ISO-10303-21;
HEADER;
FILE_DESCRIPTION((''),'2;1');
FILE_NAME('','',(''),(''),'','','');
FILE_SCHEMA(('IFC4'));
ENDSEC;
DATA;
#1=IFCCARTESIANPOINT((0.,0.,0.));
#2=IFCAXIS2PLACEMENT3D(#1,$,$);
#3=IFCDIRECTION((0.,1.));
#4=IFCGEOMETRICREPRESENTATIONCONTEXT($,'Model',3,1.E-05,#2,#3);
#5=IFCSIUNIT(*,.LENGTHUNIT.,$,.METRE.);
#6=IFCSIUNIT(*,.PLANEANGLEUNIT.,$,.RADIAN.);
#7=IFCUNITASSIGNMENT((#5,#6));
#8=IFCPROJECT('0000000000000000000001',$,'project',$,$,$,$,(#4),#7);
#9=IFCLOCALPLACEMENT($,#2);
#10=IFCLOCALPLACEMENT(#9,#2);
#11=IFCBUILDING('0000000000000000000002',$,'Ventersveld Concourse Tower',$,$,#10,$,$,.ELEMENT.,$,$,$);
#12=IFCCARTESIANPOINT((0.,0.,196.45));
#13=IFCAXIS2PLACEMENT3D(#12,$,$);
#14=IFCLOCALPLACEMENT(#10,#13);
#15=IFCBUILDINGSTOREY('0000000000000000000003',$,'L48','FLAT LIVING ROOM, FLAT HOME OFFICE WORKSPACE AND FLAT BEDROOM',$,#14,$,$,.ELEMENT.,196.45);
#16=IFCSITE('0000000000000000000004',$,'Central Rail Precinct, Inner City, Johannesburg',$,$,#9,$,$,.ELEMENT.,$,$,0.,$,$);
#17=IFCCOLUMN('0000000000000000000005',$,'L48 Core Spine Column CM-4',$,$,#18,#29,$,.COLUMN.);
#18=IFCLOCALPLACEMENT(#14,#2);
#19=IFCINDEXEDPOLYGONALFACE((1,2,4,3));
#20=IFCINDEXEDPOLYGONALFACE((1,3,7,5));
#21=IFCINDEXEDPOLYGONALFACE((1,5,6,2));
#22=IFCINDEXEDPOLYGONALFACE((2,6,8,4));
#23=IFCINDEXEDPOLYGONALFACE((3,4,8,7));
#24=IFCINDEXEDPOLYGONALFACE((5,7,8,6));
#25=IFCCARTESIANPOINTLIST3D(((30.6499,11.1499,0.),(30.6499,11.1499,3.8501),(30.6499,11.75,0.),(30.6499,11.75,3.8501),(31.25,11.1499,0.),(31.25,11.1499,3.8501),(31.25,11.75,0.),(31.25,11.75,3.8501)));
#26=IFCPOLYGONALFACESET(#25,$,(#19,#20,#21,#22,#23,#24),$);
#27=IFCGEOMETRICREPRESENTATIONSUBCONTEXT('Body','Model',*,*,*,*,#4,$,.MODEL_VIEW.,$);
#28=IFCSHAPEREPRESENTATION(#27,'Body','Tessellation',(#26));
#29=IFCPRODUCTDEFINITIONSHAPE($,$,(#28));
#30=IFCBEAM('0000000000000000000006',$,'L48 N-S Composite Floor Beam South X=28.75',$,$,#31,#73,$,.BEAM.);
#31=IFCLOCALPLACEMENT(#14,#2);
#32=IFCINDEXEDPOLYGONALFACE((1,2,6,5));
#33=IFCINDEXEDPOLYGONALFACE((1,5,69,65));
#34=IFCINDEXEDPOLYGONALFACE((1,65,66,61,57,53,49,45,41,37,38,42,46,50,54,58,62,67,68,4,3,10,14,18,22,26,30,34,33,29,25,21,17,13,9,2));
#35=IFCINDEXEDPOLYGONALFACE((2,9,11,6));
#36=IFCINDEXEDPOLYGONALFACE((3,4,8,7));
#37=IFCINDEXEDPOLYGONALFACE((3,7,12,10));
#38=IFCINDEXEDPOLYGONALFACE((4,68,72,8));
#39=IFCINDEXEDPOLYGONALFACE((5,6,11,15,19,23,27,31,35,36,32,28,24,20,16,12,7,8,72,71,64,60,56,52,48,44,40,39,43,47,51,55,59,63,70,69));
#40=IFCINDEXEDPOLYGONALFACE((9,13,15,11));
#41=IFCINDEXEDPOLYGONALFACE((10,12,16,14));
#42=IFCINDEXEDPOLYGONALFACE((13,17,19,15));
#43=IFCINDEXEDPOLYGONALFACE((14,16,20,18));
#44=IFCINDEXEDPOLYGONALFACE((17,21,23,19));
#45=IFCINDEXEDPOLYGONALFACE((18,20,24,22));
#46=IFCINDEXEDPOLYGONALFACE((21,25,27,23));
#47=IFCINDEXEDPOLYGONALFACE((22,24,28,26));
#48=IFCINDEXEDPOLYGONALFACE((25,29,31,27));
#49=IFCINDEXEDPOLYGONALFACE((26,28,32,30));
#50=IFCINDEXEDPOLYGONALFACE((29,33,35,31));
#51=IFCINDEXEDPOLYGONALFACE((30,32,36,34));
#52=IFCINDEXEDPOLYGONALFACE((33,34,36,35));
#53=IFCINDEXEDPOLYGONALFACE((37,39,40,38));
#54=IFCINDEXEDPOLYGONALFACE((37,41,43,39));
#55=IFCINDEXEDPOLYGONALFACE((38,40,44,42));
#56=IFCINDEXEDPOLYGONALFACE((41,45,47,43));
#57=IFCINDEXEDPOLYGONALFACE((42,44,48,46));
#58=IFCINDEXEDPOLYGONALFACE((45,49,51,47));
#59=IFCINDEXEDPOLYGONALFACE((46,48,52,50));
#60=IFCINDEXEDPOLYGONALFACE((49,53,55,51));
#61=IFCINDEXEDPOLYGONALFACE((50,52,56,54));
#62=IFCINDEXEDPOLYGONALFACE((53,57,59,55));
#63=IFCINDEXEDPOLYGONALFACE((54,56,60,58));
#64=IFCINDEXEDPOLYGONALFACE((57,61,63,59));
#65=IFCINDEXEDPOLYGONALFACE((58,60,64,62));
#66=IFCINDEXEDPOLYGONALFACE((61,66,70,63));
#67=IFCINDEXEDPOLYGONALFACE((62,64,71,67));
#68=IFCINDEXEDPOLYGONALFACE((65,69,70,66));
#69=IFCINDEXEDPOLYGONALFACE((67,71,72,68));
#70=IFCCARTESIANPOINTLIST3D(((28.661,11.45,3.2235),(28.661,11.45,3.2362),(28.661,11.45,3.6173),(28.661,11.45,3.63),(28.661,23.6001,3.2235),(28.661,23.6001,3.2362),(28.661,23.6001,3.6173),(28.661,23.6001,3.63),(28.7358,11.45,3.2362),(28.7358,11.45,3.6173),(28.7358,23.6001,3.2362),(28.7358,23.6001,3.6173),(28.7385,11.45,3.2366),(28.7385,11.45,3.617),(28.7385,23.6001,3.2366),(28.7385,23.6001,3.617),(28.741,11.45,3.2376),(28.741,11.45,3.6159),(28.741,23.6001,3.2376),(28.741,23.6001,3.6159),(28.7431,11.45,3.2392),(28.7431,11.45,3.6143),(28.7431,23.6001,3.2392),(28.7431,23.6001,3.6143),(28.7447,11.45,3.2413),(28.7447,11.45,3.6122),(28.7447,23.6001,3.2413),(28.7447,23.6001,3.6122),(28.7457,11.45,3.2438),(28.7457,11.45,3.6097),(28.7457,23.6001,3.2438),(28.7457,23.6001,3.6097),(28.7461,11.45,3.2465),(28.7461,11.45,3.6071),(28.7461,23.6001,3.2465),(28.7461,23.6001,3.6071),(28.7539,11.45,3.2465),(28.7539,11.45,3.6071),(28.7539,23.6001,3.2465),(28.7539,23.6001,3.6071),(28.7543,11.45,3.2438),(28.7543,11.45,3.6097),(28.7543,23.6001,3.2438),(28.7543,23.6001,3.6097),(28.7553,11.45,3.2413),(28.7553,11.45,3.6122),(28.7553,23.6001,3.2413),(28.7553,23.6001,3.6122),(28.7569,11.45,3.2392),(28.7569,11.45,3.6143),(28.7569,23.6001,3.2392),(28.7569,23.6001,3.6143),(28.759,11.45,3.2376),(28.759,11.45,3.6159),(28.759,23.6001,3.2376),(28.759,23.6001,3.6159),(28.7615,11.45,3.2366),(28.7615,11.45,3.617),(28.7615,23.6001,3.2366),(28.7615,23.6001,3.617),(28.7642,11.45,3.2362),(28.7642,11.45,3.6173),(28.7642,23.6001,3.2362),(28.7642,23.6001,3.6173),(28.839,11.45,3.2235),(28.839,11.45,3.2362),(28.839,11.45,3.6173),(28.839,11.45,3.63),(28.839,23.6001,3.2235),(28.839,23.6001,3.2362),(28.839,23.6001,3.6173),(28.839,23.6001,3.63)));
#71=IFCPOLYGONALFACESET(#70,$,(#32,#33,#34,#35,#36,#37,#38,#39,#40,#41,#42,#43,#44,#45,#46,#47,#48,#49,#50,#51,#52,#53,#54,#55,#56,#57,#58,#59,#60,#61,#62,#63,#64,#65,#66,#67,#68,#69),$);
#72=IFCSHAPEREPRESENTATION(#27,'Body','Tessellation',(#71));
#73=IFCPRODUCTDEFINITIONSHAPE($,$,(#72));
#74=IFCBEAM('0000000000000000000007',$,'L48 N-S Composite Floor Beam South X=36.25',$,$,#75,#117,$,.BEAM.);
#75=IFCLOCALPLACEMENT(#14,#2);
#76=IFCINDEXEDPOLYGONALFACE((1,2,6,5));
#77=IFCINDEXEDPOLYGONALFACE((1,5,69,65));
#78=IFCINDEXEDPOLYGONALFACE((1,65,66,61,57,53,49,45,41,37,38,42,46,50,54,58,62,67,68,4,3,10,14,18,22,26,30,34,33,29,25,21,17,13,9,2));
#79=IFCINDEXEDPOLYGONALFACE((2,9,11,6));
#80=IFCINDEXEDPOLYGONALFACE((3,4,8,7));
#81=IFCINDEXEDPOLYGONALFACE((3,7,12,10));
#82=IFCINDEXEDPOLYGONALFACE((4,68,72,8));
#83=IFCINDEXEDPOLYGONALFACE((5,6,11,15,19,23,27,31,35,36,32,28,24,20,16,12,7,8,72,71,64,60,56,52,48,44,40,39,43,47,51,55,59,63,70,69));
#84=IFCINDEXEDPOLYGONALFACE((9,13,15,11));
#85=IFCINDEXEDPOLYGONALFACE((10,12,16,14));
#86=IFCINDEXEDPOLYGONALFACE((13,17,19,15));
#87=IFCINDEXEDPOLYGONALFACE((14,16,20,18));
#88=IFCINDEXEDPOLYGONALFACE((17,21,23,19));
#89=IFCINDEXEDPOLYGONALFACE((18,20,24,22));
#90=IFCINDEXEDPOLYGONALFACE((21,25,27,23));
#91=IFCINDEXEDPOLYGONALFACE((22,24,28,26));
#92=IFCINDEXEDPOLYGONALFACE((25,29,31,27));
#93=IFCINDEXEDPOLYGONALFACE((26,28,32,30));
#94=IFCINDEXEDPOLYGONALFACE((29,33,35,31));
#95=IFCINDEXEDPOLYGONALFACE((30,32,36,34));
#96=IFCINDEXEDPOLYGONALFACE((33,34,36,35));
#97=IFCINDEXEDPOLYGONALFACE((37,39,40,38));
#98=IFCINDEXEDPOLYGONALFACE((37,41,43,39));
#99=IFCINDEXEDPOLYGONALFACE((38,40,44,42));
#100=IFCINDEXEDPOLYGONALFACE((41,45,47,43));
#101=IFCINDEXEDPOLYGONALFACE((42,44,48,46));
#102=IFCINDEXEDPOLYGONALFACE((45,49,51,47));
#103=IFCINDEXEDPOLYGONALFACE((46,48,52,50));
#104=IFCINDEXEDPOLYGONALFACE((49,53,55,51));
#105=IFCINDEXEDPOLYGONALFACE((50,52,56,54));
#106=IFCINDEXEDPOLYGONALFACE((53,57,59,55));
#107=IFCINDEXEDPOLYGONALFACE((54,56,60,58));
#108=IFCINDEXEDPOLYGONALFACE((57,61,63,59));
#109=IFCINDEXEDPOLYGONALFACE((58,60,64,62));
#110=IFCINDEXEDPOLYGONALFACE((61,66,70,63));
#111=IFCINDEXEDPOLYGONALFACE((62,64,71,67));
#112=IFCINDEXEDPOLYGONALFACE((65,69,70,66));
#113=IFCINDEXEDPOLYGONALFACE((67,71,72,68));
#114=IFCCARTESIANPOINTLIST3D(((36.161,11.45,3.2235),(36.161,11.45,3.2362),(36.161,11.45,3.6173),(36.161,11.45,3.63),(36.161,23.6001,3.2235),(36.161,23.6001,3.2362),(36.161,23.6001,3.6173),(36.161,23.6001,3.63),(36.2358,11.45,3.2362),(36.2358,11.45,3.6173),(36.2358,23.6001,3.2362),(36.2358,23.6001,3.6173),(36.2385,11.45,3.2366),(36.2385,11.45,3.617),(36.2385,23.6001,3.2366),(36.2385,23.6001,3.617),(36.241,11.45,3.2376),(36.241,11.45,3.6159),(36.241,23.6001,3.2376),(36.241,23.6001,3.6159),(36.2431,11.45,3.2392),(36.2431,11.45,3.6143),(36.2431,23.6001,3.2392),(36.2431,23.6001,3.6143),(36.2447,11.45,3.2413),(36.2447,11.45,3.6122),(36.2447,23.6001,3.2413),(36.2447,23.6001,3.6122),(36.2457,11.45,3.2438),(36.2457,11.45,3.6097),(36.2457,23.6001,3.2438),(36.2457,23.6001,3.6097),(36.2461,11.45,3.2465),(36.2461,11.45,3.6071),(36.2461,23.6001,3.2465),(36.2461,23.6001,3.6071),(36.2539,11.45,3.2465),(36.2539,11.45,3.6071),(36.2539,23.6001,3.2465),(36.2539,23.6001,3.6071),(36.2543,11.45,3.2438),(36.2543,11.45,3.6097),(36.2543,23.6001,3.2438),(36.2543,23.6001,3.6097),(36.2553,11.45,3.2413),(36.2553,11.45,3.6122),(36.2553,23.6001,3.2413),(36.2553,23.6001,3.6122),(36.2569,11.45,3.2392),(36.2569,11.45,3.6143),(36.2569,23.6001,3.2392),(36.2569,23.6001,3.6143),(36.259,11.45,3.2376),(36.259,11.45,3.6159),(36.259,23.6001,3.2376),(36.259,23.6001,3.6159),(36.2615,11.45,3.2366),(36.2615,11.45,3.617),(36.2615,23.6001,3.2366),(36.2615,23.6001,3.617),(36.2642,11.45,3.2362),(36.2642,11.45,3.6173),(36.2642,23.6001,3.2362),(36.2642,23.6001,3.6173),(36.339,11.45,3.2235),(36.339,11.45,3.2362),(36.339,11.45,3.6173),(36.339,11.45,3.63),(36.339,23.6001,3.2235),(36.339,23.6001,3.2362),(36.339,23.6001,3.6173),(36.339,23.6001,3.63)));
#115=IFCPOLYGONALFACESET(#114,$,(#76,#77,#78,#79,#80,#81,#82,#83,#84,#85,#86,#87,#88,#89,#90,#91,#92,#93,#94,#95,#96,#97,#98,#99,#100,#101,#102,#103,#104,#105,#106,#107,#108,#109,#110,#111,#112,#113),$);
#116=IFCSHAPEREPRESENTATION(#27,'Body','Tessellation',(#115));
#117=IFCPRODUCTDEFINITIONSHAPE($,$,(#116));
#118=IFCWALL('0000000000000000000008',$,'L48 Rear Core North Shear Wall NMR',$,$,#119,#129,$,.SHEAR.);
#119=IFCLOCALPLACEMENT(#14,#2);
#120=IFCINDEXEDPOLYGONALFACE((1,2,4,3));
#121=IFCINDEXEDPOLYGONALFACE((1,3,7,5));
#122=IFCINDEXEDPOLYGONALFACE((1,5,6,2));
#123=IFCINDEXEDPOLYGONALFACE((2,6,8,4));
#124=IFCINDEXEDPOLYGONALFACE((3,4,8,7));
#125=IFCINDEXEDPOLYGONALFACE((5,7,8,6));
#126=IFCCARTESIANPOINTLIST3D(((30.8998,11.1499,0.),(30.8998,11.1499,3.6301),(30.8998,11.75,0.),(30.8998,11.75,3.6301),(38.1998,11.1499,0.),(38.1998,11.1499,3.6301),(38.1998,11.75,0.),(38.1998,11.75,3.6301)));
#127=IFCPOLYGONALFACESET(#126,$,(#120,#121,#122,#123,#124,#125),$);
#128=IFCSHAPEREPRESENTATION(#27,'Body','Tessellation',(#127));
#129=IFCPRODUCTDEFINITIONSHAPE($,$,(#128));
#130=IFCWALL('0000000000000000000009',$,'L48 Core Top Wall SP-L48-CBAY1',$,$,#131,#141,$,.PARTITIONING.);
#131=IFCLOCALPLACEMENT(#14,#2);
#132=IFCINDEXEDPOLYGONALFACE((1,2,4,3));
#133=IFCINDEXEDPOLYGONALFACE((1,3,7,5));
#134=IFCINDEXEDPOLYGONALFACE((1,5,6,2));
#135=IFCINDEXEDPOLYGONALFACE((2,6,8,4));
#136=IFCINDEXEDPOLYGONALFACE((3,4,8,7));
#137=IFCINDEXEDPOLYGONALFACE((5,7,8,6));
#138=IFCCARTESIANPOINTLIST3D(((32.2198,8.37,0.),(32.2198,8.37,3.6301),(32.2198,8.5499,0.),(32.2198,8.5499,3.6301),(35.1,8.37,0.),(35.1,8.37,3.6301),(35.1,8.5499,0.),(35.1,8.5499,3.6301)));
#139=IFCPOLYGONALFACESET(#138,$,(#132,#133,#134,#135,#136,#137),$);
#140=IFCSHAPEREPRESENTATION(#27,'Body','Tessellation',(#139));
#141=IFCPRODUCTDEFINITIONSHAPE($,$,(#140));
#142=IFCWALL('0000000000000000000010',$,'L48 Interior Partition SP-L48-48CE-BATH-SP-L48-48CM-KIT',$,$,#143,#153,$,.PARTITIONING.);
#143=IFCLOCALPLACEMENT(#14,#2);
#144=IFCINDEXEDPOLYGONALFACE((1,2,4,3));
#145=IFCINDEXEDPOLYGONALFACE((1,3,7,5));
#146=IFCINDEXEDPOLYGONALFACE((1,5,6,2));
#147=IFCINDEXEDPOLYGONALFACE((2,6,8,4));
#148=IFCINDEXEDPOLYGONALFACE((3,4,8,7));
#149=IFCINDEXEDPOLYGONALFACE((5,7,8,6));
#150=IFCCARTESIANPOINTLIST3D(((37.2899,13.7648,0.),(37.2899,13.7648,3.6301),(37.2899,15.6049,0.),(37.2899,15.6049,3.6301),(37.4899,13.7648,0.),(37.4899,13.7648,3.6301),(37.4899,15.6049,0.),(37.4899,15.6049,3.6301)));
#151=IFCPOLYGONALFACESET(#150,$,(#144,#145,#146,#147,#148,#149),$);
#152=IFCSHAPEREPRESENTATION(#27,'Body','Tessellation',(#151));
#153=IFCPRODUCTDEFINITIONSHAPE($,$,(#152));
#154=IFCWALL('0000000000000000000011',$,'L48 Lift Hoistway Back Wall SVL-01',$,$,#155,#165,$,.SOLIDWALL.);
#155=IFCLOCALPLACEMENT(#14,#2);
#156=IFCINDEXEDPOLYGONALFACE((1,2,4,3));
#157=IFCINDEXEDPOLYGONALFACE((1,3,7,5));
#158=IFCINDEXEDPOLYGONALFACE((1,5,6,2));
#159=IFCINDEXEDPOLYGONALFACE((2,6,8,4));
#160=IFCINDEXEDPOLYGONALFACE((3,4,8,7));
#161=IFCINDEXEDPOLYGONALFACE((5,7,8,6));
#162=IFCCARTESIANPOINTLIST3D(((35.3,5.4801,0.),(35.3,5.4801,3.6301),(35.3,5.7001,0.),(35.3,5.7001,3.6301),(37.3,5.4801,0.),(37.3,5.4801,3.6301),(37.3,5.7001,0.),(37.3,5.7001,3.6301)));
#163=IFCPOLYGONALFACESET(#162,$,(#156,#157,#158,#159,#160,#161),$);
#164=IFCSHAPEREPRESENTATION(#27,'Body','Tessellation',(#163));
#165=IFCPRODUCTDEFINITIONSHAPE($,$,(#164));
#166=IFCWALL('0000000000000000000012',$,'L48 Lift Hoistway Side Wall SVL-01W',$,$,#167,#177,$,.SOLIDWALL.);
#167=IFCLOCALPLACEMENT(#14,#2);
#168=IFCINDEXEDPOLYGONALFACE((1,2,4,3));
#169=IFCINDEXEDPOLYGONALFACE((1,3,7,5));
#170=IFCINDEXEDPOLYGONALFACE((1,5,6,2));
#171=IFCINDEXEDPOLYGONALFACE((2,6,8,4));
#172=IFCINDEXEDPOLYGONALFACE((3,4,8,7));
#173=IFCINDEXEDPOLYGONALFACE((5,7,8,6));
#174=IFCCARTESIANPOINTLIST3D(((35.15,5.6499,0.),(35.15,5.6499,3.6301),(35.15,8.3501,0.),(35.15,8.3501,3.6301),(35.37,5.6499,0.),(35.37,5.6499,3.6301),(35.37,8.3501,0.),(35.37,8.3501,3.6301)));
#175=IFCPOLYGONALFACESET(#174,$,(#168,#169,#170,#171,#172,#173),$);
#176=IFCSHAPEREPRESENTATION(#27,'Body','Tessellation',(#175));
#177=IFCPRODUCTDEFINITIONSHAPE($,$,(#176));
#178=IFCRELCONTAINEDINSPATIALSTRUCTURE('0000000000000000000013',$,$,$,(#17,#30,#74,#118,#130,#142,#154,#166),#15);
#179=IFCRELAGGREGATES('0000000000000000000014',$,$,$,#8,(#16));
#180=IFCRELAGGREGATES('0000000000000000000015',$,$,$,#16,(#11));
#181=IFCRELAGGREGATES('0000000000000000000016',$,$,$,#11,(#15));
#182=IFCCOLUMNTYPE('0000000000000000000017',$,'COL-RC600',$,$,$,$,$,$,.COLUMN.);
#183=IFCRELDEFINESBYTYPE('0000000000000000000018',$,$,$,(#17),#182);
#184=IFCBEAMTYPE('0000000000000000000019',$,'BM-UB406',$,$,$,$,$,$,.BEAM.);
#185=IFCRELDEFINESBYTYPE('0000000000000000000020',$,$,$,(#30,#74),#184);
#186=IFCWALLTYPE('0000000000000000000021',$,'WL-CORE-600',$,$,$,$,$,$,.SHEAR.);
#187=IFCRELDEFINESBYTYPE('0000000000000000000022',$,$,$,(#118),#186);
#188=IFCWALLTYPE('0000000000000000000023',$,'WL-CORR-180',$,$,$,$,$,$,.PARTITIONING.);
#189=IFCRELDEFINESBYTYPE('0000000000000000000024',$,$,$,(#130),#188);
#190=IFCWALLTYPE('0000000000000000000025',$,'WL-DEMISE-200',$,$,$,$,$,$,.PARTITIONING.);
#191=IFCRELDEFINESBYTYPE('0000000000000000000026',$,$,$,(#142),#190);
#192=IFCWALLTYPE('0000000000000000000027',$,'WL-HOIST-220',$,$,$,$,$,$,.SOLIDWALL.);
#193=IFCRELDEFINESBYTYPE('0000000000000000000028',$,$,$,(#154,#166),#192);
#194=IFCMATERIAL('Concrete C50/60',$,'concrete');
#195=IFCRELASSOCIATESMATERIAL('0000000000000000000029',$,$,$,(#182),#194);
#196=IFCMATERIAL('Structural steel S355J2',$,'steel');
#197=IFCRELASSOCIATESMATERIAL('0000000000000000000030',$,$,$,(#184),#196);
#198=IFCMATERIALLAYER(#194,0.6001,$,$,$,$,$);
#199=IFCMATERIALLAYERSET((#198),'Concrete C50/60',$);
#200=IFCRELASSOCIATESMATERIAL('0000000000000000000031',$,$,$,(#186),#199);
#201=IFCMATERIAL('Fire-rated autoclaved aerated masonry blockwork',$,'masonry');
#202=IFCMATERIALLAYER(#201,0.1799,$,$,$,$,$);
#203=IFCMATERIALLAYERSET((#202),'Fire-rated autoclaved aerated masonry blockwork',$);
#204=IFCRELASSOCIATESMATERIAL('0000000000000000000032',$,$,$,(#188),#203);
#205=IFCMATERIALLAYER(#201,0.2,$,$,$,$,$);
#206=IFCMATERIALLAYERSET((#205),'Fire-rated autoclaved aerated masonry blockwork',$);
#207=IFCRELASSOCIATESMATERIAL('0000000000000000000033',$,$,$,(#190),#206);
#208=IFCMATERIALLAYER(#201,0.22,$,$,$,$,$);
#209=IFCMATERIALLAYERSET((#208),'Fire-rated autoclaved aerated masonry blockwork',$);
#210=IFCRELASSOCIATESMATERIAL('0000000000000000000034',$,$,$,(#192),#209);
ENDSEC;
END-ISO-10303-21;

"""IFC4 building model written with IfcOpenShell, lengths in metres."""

from ifc_helpers import new_model, si_unit, direction, frame, frame_2d, origin, origin_2d, place, context, subcontext, project, spatial, rectangle, i_section, extrude, material, layer, layer_set, material_profile, profile_set, type_object, element, save


model = new_model("IFC4")

# Units and contexts
model_context = context("Model", 3, precision=1e-05, world=origin(), true_north=direction((0.0, 1.0)))
body_context = subcontext(model_context, "Body", "Model", "MODEL_VIEW")
ifc_project = project(units=[si_unit("LENGTHUNIT", "METRE"), si_unit("PLANEANGLEUNIT", "RADIAN")], contexts=[model_context])

# Site, building, storey
site_placement = place(None, origin())
site = spatial("IfcSite", under=ifc_project, at=site_placement, Name="Central Rail Precinct, Inner City, Johannesburg", CompositionType="ELEMENT", RefElevation=0.0)
building_placement = place(site_placement, origin())
building = spatial("IfcBuilding", under=site, at=building_placement, Name="Ventersveld Concourse Tower", CompositionType="ELEMENT")
storey_placement = place(building_placement, frame((0.0, 0.0, 196.45)))
storey = spatial("IfcBuildingStorey", under=building, at=storey_placement, Name="L48", Description="FLAT LIVING ROOM, FLAT HOME OFFICE WORKSPACE AND FLAT BEDROOM", CompositionType="ELEMENT", Elevation=196.45)

# Column
ifc_material_1 = material(Name="Concrete C50/60", Category="concrete")
ifc_material_profile_1 = material_profile(ifc_material_1, rectangle(XDim=0.6001, YDim=0.6001, at=origin_2d()), Name="RC 600x600")
ifc_profile_set_1 = profile_set([ifc_material_profile_1], Name="Concrete C50/60")
column_type = type_object("IfcColumnType", Name="COL-RC600", PredefinedType="COLUMN", material=ifc_profile_set_1)
column_placement = place(storey_placement, frame((30.95, 11.45, 0.0), z_axis=(0.0, 0.0, 1.0), x_axis=(1.0, 0.0, 0.0)))
element("IfcColumn", 1, at=column_placement, inside=storey, type_object=column_type, Name="L48 Core Spine Column CM-4", PredefinedType="COLUMN", context=body_context, shape_type="SweptSolid", body=[
    extrude(rectangle(XDim=0.6001, YDim=0.6001, at=origin_2d()), origin(), (0.0, 0.0, 1.0), 3.8501),
])

# Beams
ifc_material_2 = material(Name="Structural steel S355J2", Category="steel")
ifc_material_profile_2 = material_profile(ifc_material_2, i_section(OverallWidth=0.178, OverallDepth=0.4065, WebThickness=0.0078, FlangeThickness=0.0127, FilletRadius=0.0103, at=origin_2d()), Name="UB 406x178x60")
ifc_profile_set_2 = profile_set([ifc_material_profile_2], Name="Structural steel S355J2")
beam_type = type_object("IfcBeamType", Name="BM-UB406", PredefinedType="BEAM", material=ifc_profile_set_2)
for number, where, z_axis, x_axis, name in (
    (2, (28.75, 11.45, 3.4268), (0.0, 1.0, 0.0), (-1.0, 0.0, 0.0), "L48 N-S Composite Floor Beam South X=28.75"),
    (3, (36.25, 11.45, 3.4268), (0.0, 1.0, 0.0), (-1.0, 0.0, 0.0), "L48 N-S Composite Floor Beam South X=36.25"),
):
    element("IfcBeam", number, at=place(storey_placement, frame(where, z_axis=z_axis, x_axis=x_axis)), inside=storey, type_object=beam_type, Name=name, PredefinedType="BEAM", context=body_context, shape_type="SweptSolid", body=[
        extrude(i_section(OverallWidth=0.178, OverallDepth=0.4065, WebThickness=0.0078, FlangeThickness=0.0127, FilletRadius=0.0103, at=origin_2d()), origin(), (0.0, 0.0, 1.0), 12.1501),
    ])

# Wall
ifc_layer_1 = layer(ifc_material_1, 0.6001)
ifc_layer_set_1 = layer_set([ifc_layer_1], Name="Concrete C50/60")
wall_type_1 = type_object("IfcWallType", Name="WL-CORE-600", PredefinedType="SHEAR", material=ifc_layer_set_1)
wall_1_placement = place(storey_placement, frame((30.8999, 11.45, 0.0), z_axis=(0.0, 0.0, 1.0), x_axis=(1.0, 0.0, 0.0)))
element("IfcWall", 4, at=wall_1_placement, inside=storey, type_object=wall_type_1, Name="L48 Rear Core North Shear Wall NMR", PredefinedType="SHEAR", context=body_context, shape_type="SweptSolid", body=[
    extrude(rectangle(XDim=7.3, YDim=0.6001, at=frame_2d((3.6499, 0.0))), origin(), (0.0, 0.0, 1.0), 3.6301),
])

# Shared definitions
ifc_material_3 = material(Name="Fire-rated autoclaved aerated masonry blockwork", Category="masonry")
ifc_layer_2 = layer(ifc_material_3, 0.1799)
ifc_layer_set_2 = layer_set([ifc_layer_2], Name="Fire-rated autoclaved aerated masonry blockwork")
wall_type_2 = type_object("IfcWallType", Name="WL-CORR-180", PredefinedType="PARTITIONING", material=ifc_layer_set_2)

# Walls
wall_2_placement = place(storey_placement, frame((32.22, 8.46, 0.0), z_axis=(0.0, 0.0, 1.0), x_axis=(1.0, 0.0, 0.0)))
element("IfcWall", 5, at=wall_2_placement, inside=storey, type_object=wall_type_2, Name="L48 Core Top Wall SP-L48-CBAY1", PredefinedType="PARTITIONING", context=body_context, shape_type="SweptSolid", body=[
    extrude(rectangle(XDim=2.8801, YDim=0.1799, at=frame_2d((1.4399, 0.0))), origin(), (0.0, 0.0, 1.0), 3.6301),
])
ifc_layer_3 = layer(ifc_material_3, 0.2)
ifc_layer_set_3 = layer_set([ifc_layer_3], Name="Fire-rated autoclaved aerated masonry blockwork")
wall_type_3 = type_object("IfcWallType", Name="WL-DEMISE-200", PredefinedType="PARTITIONING", material=ifc_layer_set_3)
wall_3_placement = place(storey_placement, frame((37.3899, 13.7649, 0.0), z_axis=(0.0, 0.0, 1.0), x_axis=(0.0, 1.0, 0.0)))
element("IfcWall", 6, at=wall_3_placement, inside=storey, type_object=wall_type_3, Name="L48 Interior Partition SP-L48-48CE-BATH-SP-L48-48CM-KIT", PredefinedType="PARTITIONING", context=body_context, shape_type="SweptSolid", body=[
    extrude(rectangle(XDim=1.8401, YDim=0.2, at=frame_2d((0.9199, 0.0))), origin(), (0.0, 0.0, 1.0), 3.6301),
])
ifc_layer_4 = layer(ifc_material_3, 0.22)
ifc_layer_set_4 = layer_set([ifc_layer_4], Name="Fire-rated autoclaved aerated masonry blockwork")
wall_type_4 = type_object("IfcWallType", Name="WL-HOIST-220", PredefinedType="SOLIDWALL", material=ifc_layer_set_4)
wall_4_placement = place(storey_placement, frame((35.3, 5.5901, 0.0), z_axis=(0.0, 0.0, 1.0), x_axis=(1.0, 0.0, 0.0)))
element("IfcWall", 7, at=wall_4_placement, inside=storey, type_object=wall_type_4, Name="L48 Lift Hoistway Back Wall SVL-01", PredefinedType="SOLIDWALL", context=body_context, shape_type="SweptSolid", body=[
    extrude(rectangle(XDim=2.0, YDim=0.22, at=frame_2d((1.0, 0.0))), origin(), (0.0, 0.0, 1.0), 3.6301),
])
wall_5_placement = place(storey_placement, frame((35.26, 5.6499, 0.0), z_axis=(0.0, 0.0, 1.0), x_axis=(0.0, 1.0, 0.0)))
element("IfcWall", 8, at=wall_5_placement, inside=storey, type_object=wall_type_4, Name="L48 Lift Hoistway Side Wall SVL-01W", PredefinedType="SOLIDWALL", context=body_context, shape_type="SweptSolid", body=[
    extrude(rectangle(XDim=2.7002, YDim=0.22, at=frame_2d((1.3501, 0.0))), origin(), (0.0, 0.0, 1.0), 3.6301),
])

save(model, "model.ifc")
